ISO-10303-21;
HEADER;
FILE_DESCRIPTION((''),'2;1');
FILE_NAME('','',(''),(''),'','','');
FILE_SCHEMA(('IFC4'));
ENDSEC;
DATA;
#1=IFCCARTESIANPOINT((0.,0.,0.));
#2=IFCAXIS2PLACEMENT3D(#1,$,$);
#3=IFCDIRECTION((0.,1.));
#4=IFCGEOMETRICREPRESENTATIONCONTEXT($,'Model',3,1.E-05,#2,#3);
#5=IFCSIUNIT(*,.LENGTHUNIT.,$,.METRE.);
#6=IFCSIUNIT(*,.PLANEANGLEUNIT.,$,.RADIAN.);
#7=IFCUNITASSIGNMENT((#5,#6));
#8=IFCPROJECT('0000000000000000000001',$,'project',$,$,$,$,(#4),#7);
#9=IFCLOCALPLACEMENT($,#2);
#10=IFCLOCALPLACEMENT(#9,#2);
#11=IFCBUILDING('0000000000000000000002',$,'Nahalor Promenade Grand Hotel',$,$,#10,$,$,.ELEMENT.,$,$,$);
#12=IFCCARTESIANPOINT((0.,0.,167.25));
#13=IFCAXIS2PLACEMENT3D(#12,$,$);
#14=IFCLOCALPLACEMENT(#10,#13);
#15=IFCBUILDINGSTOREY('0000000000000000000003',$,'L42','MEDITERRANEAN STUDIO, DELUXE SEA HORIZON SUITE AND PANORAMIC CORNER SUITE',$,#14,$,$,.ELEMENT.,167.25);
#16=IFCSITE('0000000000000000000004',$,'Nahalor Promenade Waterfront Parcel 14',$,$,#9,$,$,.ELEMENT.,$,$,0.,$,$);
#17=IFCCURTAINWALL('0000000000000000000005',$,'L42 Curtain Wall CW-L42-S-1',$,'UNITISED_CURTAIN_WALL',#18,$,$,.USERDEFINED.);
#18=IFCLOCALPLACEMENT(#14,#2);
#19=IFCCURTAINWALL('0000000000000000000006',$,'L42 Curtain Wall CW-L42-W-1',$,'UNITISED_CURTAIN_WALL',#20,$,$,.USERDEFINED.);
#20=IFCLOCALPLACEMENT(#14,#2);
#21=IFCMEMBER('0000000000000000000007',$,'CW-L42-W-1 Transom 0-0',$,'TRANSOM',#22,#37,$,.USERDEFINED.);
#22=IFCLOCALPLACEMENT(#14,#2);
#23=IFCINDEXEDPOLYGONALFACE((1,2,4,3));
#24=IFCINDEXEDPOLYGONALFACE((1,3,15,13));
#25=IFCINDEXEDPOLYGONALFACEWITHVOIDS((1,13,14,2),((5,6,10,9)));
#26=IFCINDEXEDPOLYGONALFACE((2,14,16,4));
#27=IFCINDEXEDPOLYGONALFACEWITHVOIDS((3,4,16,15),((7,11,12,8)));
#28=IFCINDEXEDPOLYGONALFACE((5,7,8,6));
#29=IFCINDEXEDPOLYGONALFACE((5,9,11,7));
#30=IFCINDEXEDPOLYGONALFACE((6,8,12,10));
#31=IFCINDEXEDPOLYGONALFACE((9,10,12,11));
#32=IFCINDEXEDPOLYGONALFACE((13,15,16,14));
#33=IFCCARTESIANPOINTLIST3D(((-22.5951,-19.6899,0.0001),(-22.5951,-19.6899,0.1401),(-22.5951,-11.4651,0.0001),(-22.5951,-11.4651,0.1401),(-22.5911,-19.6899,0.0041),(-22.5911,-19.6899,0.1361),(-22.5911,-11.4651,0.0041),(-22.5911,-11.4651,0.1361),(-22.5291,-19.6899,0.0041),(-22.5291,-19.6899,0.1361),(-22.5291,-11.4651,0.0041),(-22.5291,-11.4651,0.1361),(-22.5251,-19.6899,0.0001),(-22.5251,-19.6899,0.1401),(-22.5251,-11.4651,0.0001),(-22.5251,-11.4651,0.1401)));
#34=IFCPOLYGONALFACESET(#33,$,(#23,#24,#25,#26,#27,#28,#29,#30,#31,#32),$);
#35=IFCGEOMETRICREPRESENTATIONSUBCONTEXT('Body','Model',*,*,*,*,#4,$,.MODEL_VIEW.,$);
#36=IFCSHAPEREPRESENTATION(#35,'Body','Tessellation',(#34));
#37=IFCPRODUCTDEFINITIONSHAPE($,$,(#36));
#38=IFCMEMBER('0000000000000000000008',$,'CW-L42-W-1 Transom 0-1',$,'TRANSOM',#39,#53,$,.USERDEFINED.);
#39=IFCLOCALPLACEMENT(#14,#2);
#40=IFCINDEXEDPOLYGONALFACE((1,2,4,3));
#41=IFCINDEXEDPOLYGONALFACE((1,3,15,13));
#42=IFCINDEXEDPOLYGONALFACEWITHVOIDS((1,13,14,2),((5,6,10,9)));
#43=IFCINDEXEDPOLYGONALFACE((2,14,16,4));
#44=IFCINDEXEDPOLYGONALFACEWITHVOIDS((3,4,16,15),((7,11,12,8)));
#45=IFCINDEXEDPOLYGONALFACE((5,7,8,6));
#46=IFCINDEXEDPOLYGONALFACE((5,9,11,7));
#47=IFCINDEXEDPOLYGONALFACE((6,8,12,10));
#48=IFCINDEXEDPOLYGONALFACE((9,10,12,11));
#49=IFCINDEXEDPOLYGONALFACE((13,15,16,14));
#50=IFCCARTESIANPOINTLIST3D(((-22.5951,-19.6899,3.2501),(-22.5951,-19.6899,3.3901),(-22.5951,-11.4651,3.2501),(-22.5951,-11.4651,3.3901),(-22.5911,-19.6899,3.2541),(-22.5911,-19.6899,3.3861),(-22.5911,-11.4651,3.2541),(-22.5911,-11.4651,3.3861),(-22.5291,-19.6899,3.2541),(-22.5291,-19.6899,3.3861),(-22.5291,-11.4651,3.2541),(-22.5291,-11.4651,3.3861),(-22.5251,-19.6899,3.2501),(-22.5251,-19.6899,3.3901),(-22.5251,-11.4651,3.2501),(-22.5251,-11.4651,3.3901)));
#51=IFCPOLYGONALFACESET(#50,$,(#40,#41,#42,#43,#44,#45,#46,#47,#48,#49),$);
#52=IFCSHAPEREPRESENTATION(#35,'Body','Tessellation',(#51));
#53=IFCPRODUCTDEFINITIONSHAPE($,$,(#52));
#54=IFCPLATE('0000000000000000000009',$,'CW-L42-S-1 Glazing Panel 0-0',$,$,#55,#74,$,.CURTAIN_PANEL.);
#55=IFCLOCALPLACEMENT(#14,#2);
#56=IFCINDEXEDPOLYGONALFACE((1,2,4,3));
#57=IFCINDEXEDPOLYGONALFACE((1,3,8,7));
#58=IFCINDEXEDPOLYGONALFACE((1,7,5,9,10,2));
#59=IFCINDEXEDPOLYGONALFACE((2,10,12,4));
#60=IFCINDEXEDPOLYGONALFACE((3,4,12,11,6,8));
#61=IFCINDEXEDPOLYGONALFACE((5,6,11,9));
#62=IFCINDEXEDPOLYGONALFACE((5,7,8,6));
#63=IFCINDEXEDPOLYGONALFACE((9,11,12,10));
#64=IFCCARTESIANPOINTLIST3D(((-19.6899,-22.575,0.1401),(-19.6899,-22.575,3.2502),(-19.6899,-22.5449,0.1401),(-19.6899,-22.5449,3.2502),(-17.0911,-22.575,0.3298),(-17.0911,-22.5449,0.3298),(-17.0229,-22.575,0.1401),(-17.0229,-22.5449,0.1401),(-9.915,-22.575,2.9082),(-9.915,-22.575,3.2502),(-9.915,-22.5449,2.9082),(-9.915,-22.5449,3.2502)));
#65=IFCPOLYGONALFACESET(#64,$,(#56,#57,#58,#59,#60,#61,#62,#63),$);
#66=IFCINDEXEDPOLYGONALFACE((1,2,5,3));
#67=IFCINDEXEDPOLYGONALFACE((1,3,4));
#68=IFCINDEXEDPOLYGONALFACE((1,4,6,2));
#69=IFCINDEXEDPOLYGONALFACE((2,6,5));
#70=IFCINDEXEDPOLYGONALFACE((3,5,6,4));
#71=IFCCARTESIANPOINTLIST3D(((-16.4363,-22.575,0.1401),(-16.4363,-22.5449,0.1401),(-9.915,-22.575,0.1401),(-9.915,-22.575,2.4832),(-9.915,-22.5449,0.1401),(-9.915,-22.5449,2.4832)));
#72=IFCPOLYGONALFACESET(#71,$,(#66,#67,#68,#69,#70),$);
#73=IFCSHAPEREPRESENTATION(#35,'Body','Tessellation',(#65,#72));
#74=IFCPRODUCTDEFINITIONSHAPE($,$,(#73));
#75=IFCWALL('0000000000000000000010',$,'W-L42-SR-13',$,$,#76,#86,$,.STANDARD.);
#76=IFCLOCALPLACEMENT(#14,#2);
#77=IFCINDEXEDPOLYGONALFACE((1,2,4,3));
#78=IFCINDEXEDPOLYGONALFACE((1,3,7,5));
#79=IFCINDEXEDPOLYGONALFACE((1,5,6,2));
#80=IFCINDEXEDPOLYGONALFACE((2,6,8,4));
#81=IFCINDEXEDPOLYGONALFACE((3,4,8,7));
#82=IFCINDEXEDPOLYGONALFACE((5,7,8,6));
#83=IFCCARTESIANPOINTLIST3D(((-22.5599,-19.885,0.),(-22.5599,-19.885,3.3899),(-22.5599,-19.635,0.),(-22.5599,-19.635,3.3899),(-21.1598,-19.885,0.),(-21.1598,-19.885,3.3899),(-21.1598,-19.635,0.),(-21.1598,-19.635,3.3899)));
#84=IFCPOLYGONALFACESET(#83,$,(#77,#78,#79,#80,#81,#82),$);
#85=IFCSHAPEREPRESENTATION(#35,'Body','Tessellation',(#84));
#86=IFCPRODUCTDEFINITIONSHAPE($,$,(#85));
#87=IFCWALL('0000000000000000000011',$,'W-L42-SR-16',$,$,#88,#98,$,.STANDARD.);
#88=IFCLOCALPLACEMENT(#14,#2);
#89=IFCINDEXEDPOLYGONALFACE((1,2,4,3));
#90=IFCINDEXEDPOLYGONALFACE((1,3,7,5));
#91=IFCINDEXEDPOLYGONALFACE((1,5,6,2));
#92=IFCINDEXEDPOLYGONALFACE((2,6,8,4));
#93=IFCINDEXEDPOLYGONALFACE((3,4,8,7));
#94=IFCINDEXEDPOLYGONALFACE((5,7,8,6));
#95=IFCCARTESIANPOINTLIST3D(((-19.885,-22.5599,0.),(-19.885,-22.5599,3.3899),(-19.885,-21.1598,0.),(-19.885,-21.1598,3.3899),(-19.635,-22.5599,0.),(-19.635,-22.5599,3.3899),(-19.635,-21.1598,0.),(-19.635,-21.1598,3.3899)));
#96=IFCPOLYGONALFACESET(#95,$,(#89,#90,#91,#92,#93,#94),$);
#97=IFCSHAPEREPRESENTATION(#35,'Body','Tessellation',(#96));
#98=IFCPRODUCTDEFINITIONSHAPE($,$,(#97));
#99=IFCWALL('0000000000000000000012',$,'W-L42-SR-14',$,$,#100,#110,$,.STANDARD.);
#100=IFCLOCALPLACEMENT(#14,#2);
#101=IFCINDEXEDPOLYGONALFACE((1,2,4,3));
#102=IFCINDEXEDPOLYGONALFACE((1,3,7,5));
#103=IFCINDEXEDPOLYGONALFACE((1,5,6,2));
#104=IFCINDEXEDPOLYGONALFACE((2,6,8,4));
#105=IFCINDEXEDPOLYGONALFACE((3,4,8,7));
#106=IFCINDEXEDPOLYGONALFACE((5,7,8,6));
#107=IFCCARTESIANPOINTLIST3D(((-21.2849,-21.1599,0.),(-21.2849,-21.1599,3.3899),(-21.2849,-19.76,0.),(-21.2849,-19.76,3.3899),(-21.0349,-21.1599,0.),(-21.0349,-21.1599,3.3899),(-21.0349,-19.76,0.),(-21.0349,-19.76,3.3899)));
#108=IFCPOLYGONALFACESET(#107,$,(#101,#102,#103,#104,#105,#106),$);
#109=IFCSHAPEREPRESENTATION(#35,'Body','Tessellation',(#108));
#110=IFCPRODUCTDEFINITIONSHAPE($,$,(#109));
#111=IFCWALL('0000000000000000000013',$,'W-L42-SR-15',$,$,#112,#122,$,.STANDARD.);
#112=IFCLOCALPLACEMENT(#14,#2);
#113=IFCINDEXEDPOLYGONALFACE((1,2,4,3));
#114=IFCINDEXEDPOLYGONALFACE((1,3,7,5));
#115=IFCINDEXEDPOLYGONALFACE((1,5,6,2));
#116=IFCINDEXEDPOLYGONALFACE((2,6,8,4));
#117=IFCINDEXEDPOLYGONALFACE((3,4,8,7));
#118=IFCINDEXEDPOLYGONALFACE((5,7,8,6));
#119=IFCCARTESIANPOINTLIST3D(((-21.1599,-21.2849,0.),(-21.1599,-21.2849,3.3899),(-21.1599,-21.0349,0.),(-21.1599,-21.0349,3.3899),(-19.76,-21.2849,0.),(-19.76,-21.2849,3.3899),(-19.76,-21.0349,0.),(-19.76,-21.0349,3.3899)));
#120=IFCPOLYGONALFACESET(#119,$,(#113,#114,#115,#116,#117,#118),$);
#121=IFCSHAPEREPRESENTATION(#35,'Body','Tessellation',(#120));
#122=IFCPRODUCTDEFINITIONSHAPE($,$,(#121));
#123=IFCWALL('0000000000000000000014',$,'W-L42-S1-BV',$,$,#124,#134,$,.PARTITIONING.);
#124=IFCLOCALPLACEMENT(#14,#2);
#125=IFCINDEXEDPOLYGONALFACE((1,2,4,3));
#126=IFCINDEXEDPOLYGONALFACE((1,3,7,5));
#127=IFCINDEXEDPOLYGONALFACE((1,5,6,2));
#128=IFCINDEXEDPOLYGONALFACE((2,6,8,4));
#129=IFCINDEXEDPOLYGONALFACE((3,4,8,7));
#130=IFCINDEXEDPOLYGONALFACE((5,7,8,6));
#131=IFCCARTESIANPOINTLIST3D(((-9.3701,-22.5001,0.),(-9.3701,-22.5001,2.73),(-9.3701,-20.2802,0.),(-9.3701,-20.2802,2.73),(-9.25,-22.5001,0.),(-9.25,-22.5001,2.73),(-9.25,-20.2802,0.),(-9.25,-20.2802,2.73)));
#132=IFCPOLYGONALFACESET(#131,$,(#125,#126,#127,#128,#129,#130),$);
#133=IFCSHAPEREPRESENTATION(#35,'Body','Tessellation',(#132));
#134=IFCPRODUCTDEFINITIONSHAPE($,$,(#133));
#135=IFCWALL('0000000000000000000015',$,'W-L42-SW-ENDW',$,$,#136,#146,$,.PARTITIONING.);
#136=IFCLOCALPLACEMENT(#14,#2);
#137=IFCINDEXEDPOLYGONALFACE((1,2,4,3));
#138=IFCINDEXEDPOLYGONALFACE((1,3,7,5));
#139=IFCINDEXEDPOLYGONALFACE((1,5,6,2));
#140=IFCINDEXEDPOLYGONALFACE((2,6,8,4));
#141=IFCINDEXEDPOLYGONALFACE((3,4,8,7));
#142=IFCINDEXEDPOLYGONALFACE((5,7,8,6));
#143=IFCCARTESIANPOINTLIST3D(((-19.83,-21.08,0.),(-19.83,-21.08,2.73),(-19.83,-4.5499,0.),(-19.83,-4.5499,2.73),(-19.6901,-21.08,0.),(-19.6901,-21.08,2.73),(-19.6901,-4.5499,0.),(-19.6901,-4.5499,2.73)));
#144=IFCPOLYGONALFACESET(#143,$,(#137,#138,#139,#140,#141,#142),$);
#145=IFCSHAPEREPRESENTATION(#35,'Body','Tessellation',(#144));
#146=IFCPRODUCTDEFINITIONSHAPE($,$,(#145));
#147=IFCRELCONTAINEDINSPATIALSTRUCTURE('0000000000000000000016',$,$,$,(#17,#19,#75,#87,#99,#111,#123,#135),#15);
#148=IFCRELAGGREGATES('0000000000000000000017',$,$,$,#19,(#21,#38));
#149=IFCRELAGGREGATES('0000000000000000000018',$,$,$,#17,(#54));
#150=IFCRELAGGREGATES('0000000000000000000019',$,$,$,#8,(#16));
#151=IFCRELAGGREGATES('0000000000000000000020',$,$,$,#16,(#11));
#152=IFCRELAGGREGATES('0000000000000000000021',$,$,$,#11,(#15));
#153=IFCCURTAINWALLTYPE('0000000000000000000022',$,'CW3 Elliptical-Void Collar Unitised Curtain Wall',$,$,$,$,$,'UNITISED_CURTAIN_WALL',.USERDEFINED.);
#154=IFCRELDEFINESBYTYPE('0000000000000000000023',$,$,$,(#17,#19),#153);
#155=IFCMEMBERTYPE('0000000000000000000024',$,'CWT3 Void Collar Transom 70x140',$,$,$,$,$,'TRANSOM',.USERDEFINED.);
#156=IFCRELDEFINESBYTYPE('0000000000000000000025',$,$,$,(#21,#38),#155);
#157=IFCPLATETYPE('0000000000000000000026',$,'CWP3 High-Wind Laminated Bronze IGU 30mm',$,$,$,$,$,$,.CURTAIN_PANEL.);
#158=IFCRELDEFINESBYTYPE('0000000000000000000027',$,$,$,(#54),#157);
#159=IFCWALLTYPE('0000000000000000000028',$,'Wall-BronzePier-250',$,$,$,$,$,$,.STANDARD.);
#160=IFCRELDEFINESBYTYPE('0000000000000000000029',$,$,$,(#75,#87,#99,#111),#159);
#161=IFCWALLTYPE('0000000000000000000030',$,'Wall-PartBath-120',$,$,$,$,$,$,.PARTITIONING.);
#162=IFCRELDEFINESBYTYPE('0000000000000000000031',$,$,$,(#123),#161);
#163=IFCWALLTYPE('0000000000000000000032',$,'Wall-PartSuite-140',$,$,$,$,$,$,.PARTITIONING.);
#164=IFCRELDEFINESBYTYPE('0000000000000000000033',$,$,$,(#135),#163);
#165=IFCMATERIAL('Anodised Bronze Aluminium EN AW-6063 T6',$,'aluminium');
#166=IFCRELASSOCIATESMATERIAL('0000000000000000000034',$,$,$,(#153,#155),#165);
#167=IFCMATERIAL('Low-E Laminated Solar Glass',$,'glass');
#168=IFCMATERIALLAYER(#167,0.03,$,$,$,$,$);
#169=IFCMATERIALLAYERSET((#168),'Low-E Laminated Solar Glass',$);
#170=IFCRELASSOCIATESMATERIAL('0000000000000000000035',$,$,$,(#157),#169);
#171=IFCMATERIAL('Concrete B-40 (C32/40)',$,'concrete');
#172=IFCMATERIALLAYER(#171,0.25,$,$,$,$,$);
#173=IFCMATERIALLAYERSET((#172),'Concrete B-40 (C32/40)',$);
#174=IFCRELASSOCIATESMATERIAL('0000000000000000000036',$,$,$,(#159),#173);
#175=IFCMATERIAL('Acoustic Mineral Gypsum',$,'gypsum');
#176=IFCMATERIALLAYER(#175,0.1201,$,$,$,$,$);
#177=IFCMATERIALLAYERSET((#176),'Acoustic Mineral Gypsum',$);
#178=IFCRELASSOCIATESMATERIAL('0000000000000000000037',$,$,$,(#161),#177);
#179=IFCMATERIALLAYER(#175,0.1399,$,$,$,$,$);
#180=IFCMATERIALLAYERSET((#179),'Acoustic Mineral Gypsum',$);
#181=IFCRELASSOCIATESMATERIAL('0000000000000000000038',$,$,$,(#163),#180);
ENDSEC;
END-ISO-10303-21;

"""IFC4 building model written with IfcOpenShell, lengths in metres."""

from ifc_helpers import new_model, si_unit, direction, frame, frame_2d, origin, origin_2d, place, context, subcontext, project, spatial, polyline, rectangle, hollow_rectangle, outline, extrude, source, transform, mapped, material, layer, layer_set, material_profile, profile_set, type_object, element, aggregate, save


model = new_model("IFC4")

# Units and contexts
model_context = context("Model", 3, precision=1e-05, world=origin(), true_north=direction((0.0, 1.0)))
body_context = subcontext(model_context, "Body", "Model", "MODEL_VIEW")
ifc_project = project(units=[si_unit("LENGTHUNIT", "METRE"), si_unit("PLANEANGLEUNIT", "RADIAN")], contexts=[model_context])

# Site, building, storey
site_placement = place(None, origin())
site = spatial("IfcSite", under=ifc_project, at=site_placement, Name="Nahalor Promenade Waterfront Parcel 14", CompositionType="ELEMENT", RefElevation=0.0)
building_placement = place(site_placement, origin())
building = spatial("IfcBuilding", under=site, at=building_placement, Name="Nahalor Promenade Grand Hotel", CompositionType="ELEMENT")
storey_placement = place(building_placement, frame((0.0, 0.0, 167.25)))
storey = spatial("IfcBuildingStorey", under=building, at=storey_placement, Name="L42", Description="MEDITERRANEAN STUDIO, DELUXE SEA HORIZON SUITE AND PANORAMIC CORNER SUITE", CompositionType="ELEMENT", Elevation=167.25)

# Curtain walls, members
ifc_material_1 = material(Name="Anodised Bronze Aluminium EN AW-6063 T6", Category="aluminium")
curtain_wall_type = type_object("IfcCurtainWallType", Name="CW3 Elliptical-Void Collar Unitised Curtain Wall", ElementType="UNITISED_CURTAIN_WALL", PredefinedType="USERDEFINED", material=ifc_material_1)
curtain_wall_1_placement = place(storey_placement, origin())
curtain_wall_1 = element("IfcCurtainWall", 1, at=curtain_wall_1_placement, inside=storey, type_object=curtain_wall_type, Name="L42 Curtain Wall CW-L42-S-1", ObjectType="UNITISED_CURTAIN_WALL", PredefinedType="USERDEFINED")
ifc_material_profile_1 = material_profile(ifc_material_1, hollow_rectangle(XDim=0.07, YDim=0.14, WallThickness=0.004, at=origin_2d()), Name="CWT 70x140x4")
ifc_profile_set_1 = profile_set([ifc_material_profile_1], Name="Anodised Bronze Aluminium EN AW-6063 T6")
member_type_1 = type_object("IfcMemberType", Name="CWT3 Void Collar Transom 70x140", ElementType="TRANSOM", PredefinedType="USERDEFINED", material=ifc_profile_set_1)
curtain_wall_2_placement = place(storey_placement, origin())
curtain_wall_2 = element("IfcCurtainWall", 2, at=curtain_wall_2_placement, inside=storey, type_object=curtain_wall_type, Name="L42 Curtain Wall CW-L42-W-1", ObjectType="UNITISED_CURTAIN_WALL", PredefinedType="USERDEFINED")
shared_shape_1 = source(origin(), body_context, "Body", "SweptSolid", [
    extrude(hollow_rectangle(XDim=0.07, YDim=0.14, WallThickness=0.004, at=origin_2d()), origin(), (0.0, 0.0, 1.0), 8.2249),
])
member_1_placement = place(storey_placement, frame((-22.5601, -19.6899, 0.0701), z_axis=(0.0, 1.0, 0.0), x_axis=(-1.0, 0.0, 0.0)))
member_1 = element("IfcMember", 3, at=member_1_placement, type_object=member_type_1, Name="CW-L42-W-1 Transom 0-0", ObjectType="TRANSOM", PredefinedType="USERDEFINED", context=body_context, shape_type="MappedRepresentation", body=[
    mapped(shared_shape_1, transform((0.0, 0.0, 0.0), scale=1.0)),
])
member_2_placement = place(storey_placement, frame((-22.5601, -19.6899, 3.3201), z_axis=(0.0, 1.0, 0.0), x_axis=(-1.0, 0.0, 0.0)))
member_2 = element("IfcMember", 4, at=member_2_placement, type_object=member_type_1, Name="CW-L42-W-1 Transom 0-1", ObjectType="TRANSOM", PredefinedType="USERDEFINED", context=body_context, shape_type="MappedRepresentation", body=[
    mapped(shared_shape_1, transform((0.0, 0.0, 0.0), scale=1.0)),
])
aggregate(curtain_wall_2, [member_1, member_2])

# Plate
ifc_material_2 = material(Name="Low-E Laminated Solar Glass", Category="glass")
ifc_layer_1 = layer(ifc_material_2, 0.03)
ifc_layer_set_1 = layer_set([ifc_layer_1], Name="Low-E Laminated Solar Glass")
plate_type = type_object("IfcPlateType", Name="CWP3 High-Wind Laminated Bronze IGU 30mm", PredefinedType="CURTAIN_PANEL", material=ifc_layer_set_1)
plate_placement = place(storey_placement, frame((-14.8025, -22.5601, 0.1401), z_axis=(0.0, 0.0, 1.0), x_axis=(1.0, 0.0, 0.0)))
plate = element("IfcPlate", 5, at=plate_placement, type_object=plate_type, Name="CW-L42-S-1 Glazing Panel 0-0", PredefinedType="CURTAIN_PANEL", context=body_context, shape_type="SweptSolid", body=[
    extrude(outline(polyline([(-4.8875, 3.1101), (-4.8875, 0.0), (-2.2205, 0.0), (-2.2886, 0.1897), (4.8875, 2.7681), (4.8875, 3.1101), (-4.8875, 3.1101)])), frame((0.0, 0.0151, 0.0), z_axis=(0.0, -1.0, 0.0), x_axis=(1.0, 0.0, 0.0)), (0.0, 0.0, 1.0), 0.03),
    extrude(outline(polyline([(-1.6338, 0.0), (4.8875, 0.0), (4.8875, 2.343), (-1.6338, 0.0)])), frame((0.0, 0.0151, 0.0), z_axis=(0.0, -1.0, 0.0), x_axis=(1.0, 0.0, 0.0)), (0.0, 0.0, 1.0), 0.03),
])
aggregate(curtain_wall_1, [plate])

# Walls
ifc_material_3 = material(Name="Concrete B-40 (C32/40)", Category="concrete")
ifc_layer_2 = layer(ifc_material_3, 0.25)
ifc_layer_set_2 = layer_set([ifc_layer_2], Name="Concrete B-40 (C32/40)")
wall_type_1 = type_object("IfcWallType", Name="Wall-BronzePier-250", PredefinedType="STANDARD", material=ifc_layer_set_2)
shared_shape_2 = source(origin(), body_context, "Body", "SweptSolid", [
    extrude(rectangle(XDim=1.4001, YDim=0.25, at=frame_2d((0.7002, 0.0))), origin(), (0.0, 0.0, 1.0), 3.3899),
])
for number, where, z_axis, x_axis, name in (
    (6, (-22.5601, -19.76, 0.0), (0.0, 0.0, 1.0), (1.0, 0.0, 0.0), "W-L42-SR-13"),
    (7, (-19.76, -22.5601, 0.0), (0.0, 0.0, 1.0), (0.0, 1.0, 0.0), "W-L42-SR-16"),
):
    element("IfcWall", number, at=place(storey_placement, frame(where, z_axis=z_axis, x_axis=x_axis)), inside=storey, type_object=wall_type_1, Name=name, PredefinedType="STANDARD", context=body_context, shape_type="MappedRepresentation", body=[
        mapped(shared_shape_2, transform((0.0, 0.0, 0.0), scale=1.0)),
    ])
shared_shape_3 = source(origin(), body_context, "Body", "SweptSolid", [
    extrude(rectangle(XDim=1.3999, YDim=0.25, at=frame_2d((0.7, 0.0))), origin(), (0.0, 0.0, 1.0), 3.3899),
])
for number, where, z_axis, x_axis, name in (
    (8, (-21.1599, -21.1599, 0.0), (0.0, 0.0, 1.0), (0.0, 1.0, 0.0), "W-L42-SR-14"),
    (9, (-21.1599, -21.1599, 0.0), (0.0, 0.0, 1.0), (1.0, 0.0, 0.0), "W-L42-SR-15"),
):
    element("IfcWall", number, at=place(storey_placement, frame(where, z_axis=z_axis, x_axis=x_axis)), inside=storey, type_object=wall_type_1, Name=name, PredefinedType="STANDARD", context=body_context, shape_type="MappedRepresentation", body=[
        mapped(shared_shape_3, transform((0.0, 0.0, 0.0), scale=1.0)),
    ])
ifc_material_4 = material(Name="Acoustic Mineral Gypsum", Category="gypsum")
ifc_layer_3 = layer(ifc_material_4, 0.1201)
ifc_layer_set_3 = layer_set([ifc_layer_3], Name="Acoustic Mineral Gypsum")
wall_type_2 = type_object("IfcWallType", Name="Wall-PartBath-120", PredefinedType="PARTITIONING", material=ifc_layer_set_3)
shared_shape_4 = source(origin(), body_context, "Body", "SweptSolid", [
    extrude(rectangle(XDim=2.22, YDim=0.1201, at=frame_2d((1.1099, 0.0))), origin(), (0.0, 0.0, 1.0), 2.73),
])
wall_1_placement = place(storey_placement, frame((-9.3101, -22.5, 0.0), z_axis=(0.0, 0.0, 1.0), x_axis=(0.0, 1.0, 0.0)))
element("IfcWall", 10, at=wall_1_placement, inside=storey, type_object=wall_type_2, Name="W-L42-S1-BV", PredefinedType="PARTITIONING", context=body_context, shape_type="MappedRepresentation", body=[
    mapped(shared_shape_4, transform((0.0, 0.0, 0.0), scale=1.0)),
])
ifc_layer_4 = layer(ifc_material_4, 0.1399)
ifc_layer_set_4 = layer_set([ifc_layer_4], Name="Acoustic Mineral Gypsum")
wall_type_3 = type_object("IfcWallType", Name="Wall-PartSuite-140", PredefinedType="PARTITIONING", material=ifc_layer_set_4)
shared_shape_5 = source(origin(), body_context, "Body", "SweptSolid", [
    extrude(rectangle(XDim=16.53, YDim=0.1399, at=frame_2d((8.2651, 0.0))), origin(), (0.0, 0.0, 1.0), 2.73),
])
wall_2_placement = place(storey_placement, frame((-19.76, -21.0801, 0.0), z_axis=(0.0, 0.0, 1.0), x_axis=(0.0, 1.0, 0.0)))
element("IfcWall", 11, at=wall_2_placement, inside=storey, type_object=wall_type_3, Name="W-L42-SW-ENDW", PredefinedType="PARTITIONING", context=body_context, shape_type="MappedRepresentation", body=[
    mapped(shared_shape_5, transform((0.0, 0.0, 0.0), scale=1.0)),
])

save(model, "model.ifc")
